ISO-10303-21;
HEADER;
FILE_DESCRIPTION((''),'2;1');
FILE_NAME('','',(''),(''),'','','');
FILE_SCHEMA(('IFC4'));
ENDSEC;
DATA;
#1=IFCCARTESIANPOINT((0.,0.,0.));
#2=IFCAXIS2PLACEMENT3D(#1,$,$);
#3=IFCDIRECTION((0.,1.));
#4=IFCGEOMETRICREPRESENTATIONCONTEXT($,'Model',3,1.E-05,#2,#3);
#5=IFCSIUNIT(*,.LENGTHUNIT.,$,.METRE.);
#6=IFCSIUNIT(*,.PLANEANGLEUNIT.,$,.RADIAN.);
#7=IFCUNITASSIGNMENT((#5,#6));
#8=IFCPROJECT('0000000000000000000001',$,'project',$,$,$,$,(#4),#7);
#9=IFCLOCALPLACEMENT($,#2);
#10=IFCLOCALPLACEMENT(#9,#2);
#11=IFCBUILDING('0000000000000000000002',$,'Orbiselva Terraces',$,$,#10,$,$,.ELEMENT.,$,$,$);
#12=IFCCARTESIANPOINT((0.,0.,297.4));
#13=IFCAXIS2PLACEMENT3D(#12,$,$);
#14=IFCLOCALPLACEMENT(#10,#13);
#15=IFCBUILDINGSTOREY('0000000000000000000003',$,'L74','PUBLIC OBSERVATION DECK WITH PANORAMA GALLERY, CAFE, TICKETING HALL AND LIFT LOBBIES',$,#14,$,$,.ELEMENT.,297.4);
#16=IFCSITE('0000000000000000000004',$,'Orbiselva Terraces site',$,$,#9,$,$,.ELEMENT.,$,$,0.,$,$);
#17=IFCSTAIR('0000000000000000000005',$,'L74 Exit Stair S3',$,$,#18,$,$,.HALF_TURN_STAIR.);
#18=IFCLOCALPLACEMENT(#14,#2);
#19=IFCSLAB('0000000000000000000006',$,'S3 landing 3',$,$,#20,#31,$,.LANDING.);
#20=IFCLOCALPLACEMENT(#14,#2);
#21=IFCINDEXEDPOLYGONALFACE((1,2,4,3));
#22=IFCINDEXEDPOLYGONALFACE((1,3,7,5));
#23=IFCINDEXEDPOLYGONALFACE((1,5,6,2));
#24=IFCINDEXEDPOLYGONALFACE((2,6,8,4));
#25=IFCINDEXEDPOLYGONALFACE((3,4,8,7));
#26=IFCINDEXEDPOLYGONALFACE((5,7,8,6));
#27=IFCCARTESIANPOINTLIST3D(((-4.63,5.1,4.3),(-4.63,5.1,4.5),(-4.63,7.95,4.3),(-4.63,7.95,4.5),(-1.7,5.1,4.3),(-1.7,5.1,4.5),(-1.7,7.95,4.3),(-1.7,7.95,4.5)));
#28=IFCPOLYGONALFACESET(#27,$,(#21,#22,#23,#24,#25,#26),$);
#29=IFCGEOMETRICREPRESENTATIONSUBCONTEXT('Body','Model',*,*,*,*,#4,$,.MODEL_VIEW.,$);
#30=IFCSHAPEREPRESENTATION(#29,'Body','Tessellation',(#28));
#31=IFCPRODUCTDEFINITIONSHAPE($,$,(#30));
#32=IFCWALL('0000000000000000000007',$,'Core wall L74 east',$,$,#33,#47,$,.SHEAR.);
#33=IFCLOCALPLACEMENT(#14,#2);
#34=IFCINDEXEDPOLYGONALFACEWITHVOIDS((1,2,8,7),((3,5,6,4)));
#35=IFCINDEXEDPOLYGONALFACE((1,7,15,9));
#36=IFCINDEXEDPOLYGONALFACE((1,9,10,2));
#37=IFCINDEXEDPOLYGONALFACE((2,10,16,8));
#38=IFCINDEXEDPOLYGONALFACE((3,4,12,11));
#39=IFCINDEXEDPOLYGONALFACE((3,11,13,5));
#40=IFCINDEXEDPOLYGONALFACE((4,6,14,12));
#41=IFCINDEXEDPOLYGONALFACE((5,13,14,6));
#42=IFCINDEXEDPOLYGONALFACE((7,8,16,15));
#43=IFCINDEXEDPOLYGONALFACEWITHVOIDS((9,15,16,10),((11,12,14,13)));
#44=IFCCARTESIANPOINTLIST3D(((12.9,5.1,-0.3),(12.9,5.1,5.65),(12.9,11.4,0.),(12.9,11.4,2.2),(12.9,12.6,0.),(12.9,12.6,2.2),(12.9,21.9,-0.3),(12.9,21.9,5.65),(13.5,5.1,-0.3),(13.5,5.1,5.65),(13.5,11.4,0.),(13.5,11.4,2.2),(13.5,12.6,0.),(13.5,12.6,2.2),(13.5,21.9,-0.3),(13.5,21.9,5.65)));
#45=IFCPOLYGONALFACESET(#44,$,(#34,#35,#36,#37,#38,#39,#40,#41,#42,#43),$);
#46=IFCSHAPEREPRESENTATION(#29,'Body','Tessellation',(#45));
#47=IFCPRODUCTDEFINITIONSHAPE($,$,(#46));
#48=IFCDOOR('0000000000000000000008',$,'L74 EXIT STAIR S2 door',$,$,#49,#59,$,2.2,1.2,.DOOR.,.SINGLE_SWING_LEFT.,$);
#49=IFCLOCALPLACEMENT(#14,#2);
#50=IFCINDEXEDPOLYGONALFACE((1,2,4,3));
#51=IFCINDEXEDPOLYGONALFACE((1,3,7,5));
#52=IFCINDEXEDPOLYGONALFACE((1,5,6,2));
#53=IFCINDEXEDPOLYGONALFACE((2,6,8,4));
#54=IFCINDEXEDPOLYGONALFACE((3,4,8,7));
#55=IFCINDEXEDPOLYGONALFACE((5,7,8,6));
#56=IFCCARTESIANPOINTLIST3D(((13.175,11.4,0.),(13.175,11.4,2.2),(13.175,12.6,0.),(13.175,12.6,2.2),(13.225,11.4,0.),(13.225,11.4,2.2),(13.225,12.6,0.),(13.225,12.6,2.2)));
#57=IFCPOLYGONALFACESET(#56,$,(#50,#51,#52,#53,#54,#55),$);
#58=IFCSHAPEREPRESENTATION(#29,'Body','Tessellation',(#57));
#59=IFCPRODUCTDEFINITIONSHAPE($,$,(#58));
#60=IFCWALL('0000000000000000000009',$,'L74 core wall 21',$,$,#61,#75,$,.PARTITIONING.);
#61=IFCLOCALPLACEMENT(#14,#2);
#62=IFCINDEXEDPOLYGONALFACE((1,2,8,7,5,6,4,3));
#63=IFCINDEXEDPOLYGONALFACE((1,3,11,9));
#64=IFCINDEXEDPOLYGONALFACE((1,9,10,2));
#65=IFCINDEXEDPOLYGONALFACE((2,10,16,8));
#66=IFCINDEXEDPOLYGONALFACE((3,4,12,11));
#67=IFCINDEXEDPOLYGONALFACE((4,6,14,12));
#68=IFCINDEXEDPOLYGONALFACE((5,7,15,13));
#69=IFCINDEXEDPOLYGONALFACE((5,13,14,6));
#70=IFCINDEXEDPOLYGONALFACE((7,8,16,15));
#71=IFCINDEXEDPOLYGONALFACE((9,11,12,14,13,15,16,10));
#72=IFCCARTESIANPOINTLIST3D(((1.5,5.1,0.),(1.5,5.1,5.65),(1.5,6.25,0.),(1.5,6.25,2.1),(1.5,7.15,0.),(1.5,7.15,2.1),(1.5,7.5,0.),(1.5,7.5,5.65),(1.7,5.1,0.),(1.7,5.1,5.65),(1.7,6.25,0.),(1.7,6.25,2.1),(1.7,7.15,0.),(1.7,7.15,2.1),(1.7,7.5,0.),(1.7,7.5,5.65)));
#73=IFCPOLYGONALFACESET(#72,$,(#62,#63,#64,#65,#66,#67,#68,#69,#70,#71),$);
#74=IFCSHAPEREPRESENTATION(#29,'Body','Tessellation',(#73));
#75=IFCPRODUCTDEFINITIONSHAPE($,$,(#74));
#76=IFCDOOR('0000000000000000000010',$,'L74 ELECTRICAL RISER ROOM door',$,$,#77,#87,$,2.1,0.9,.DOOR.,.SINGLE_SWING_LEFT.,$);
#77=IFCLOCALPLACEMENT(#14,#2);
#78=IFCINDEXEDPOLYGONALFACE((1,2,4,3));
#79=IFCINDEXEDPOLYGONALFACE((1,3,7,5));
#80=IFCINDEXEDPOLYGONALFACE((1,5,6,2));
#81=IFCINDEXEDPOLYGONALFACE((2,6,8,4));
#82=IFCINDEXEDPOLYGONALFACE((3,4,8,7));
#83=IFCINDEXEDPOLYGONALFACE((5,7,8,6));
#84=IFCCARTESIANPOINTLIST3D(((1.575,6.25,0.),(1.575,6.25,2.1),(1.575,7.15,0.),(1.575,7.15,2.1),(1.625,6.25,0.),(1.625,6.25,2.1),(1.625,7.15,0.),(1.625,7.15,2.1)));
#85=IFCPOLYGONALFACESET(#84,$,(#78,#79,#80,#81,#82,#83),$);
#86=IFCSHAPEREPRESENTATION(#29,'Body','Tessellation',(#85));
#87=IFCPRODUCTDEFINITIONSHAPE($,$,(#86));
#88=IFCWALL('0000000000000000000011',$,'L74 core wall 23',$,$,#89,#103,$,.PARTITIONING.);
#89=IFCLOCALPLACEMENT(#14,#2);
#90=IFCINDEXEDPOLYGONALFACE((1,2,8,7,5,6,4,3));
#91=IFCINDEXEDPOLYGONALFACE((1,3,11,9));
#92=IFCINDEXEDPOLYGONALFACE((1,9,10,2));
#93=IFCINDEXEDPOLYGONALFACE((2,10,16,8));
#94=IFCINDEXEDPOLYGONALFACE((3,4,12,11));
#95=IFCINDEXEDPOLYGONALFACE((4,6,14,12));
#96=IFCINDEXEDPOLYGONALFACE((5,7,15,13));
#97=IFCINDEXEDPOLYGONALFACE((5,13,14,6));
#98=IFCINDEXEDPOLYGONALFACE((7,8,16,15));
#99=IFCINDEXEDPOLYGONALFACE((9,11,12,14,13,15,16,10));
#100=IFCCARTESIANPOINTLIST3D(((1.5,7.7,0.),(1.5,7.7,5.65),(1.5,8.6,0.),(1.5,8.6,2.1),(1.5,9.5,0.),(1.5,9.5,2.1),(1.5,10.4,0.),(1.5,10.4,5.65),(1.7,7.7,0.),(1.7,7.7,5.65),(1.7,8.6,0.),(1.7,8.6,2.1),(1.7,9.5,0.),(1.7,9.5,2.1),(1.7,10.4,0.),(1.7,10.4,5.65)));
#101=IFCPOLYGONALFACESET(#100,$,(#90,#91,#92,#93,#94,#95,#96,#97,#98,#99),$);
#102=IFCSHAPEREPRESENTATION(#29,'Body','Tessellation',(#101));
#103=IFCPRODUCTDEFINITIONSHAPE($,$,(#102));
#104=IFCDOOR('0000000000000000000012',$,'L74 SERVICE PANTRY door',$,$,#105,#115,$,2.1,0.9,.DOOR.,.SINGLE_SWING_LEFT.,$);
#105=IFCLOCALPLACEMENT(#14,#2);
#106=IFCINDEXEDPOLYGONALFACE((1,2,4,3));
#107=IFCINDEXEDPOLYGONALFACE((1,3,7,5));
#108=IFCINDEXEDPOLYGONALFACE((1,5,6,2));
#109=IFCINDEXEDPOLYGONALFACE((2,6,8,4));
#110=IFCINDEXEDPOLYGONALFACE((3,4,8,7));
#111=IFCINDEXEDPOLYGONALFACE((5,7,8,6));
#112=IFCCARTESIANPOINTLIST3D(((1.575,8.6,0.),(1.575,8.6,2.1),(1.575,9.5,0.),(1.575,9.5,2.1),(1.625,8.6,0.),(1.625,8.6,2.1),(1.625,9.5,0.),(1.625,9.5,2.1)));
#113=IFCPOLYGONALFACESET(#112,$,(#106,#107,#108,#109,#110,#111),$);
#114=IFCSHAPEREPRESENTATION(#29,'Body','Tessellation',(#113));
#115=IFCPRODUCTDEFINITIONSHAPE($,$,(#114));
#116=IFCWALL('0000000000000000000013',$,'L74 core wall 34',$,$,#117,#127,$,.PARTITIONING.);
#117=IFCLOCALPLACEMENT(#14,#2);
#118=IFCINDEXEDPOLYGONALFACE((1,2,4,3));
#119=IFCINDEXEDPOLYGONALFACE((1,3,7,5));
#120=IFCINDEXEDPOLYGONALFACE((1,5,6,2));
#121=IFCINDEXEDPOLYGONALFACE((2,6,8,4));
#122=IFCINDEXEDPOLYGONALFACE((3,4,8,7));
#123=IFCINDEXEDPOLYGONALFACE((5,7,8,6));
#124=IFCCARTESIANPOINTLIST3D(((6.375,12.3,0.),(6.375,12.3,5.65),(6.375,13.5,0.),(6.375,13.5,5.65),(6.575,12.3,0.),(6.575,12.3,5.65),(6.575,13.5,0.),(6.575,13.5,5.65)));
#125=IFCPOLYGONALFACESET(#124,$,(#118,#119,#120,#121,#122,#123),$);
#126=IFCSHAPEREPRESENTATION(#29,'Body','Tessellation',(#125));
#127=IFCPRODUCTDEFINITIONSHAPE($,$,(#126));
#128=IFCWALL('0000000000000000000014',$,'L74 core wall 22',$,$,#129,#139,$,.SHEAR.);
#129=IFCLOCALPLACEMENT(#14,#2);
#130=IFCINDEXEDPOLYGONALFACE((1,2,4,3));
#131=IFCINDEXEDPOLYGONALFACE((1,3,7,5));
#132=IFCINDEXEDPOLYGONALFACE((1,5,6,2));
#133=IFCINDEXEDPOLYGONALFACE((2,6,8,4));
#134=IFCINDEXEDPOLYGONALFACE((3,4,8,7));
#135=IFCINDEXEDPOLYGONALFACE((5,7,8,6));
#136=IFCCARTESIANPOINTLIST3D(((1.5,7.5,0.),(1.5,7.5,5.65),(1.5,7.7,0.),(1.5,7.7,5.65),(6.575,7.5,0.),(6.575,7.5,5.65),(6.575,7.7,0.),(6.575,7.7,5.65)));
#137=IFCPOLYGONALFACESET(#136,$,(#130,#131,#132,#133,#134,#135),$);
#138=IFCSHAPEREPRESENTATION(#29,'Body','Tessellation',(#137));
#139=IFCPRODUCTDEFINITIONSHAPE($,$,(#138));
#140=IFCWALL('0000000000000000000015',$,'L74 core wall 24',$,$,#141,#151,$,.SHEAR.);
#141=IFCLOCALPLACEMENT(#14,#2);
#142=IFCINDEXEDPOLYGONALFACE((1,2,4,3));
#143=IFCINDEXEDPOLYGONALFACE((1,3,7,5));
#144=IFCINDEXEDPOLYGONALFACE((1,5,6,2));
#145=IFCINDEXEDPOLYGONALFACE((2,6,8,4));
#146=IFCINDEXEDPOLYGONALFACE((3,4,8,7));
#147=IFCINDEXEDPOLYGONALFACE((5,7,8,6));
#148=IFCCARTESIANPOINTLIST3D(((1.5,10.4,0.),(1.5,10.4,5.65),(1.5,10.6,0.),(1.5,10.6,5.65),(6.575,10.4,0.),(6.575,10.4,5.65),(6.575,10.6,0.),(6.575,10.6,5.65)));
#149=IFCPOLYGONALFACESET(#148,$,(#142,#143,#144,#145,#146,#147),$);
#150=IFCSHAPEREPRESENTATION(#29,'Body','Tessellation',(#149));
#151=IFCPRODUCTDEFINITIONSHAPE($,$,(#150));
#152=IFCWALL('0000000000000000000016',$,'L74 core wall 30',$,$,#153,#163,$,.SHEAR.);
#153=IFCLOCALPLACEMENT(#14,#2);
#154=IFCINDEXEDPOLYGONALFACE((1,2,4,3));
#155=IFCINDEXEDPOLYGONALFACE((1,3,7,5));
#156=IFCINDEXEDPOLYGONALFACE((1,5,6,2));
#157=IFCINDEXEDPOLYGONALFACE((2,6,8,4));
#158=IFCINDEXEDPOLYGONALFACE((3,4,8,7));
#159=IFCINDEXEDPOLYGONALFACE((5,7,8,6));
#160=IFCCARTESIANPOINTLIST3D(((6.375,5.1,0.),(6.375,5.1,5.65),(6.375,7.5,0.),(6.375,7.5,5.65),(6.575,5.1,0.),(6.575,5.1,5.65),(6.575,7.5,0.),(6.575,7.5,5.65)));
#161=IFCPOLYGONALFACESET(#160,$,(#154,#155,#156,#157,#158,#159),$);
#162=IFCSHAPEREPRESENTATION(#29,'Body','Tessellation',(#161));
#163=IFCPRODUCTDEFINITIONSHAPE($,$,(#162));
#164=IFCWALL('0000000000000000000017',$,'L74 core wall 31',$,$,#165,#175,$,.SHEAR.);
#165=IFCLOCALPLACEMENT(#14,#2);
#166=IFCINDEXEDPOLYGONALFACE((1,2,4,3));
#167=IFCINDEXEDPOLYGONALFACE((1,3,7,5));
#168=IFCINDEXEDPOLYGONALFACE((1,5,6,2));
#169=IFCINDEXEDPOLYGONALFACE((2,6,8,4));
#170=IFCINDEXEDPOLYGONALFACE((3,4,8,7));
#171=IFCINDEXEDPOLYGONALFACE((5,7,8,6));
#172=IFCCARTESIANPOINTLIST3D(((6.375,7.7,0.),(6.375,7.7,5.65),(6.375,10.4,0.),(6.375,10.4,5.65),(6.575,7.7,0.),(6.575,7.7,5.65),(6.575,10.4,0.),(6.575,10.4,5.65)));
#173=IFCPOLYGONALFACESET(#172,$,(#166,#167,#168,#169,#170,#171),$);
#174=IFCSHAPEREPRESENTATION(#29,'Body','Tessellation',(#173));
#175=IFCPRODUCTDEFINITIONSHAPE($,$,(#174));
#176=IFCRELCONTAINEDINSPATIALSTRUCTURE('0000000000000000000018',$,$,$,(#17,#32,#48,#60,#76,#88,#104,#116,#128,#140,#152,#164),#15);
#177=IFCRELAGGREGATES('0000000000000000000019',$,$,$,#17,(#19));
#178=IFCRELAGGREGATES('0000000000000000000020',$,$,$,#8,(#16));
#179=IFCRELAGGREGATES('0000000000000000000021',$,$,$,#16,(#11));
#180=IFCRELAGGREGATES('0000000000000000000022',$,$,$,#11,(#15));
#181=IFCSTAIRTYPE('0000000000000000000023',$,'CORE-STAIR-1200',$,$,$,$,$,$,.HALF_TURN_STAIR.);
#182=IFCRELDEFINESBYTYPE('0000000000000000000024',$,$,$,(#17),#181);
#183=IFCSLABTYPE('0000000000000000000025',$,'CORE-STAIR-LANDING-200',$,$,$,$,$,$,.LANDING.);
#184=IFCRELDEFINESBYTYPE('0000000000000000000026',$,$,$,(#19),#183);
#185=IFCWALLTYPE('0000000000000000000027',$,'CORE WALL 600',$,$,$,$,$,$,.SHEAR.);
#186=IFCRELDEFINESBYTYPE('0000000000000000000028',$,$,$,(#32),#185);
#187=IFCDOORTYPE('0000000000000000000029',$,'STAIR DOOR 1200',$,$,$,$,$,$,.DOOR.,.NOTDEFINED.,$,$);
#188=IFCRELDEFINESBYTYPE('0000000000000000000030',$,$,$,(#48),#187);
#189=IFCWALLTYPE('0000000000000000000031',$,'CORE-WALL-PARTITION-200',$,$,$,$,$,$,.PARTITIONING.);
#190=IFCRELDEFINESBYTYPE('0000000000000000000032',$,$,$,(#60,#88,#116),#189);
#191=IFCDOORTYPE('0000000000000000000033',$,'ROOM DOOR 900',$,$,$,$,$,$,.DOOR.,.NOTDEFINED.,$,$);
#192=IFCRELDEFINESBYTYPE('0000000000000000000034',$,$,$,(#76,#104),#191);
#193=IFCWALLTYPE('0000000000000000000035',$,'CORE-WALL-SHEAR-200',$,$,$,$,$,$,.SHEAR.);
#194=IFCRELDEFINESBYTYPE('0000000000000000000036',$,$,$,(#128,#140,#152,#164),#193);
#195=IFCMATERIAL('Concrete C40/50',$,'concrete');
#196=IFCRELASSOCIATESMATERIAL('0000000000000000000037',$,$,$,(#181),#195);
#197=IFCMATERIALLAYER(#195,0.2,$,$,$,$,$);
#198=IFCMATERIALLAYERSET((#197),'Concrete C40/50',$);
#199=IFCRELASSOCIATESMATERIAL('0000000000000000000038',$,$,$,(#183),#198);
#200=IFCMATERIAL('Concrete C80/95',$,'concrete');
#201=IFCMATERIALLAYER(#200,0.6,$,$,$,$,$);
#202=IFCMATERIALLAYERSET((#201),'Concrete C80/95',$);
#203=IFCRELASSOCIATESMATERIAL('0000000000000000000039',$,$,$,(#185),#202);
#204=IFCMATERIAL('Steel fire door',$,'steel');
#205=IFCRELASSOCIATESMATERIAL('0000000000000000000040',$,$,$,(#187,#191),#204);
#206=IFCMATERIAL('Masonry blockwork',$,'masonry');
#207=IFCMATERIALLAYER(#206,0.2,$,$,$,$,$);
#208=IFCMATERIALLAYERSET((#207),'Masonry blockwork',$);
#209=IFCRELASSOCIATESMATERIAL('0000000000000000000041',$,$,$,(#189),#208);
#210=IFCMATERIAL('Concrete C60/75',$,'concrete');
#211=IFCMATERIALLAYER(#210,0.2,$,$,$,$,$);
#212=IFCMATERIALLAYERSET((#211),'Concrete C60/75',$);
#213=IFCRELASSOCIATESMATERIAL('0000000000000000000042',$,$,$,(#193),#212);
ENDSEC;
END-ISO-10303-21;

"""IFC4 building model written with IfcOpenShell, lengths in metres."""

from ifc_helpers import new_model, si_unit, direction, frame, frame_2d, origin, place, context, subcontext, project, spatial, polyline, rectangle, outline, extrude, material, layer, layer_set, type_object, element, fill, aggregate, save


model = new_model("IFC4")

# Units and contexts
model_context = context("Model", 3, precision=1e-05, world=origin(), true_north=direction((0.0, 1.0)))
body_context = subcontext(model_context, "Body", "Model", "MODEL_VIEW")
ifc_project = project(units=[si_unit("LENGTHUNIT", "METRE"), si_unit("PLANEANGLEUNIT", "RADIAN")], contexts=[model_context])

# Site, building, storey
site_placement = place(None, origin())
site = spatial("IfcSite", under=ifc_project, at=site_placement, Name="Orbiselva Terraces site", CompositionType="ELEMENT", RefElevation=0.0)
building_placement = place(site_placement, origin())
building = spatial("IfcBuilding", under=site, at=building_placement, Name="Orbiselva Terraces", CompositionType="ELEMENT")
storey_placement = place(building_placement, frame((0.0, 0.0, 297.4)))
storey = spatial("IfcBuildingStorey", under=building, at=storey_placement, Name="L74", Description="PUBLIC OBSERVATION DECK WITH PANORAMA GALLERY, CAFE, TICKETING HALL AND LIFT LOBBIES", CompositionType="ELEMENT", Elevation=297.4)

# Stair, slab
ifc_material_1 = material(Name="Concrete C40/50", Category="concrete")
stair_type_1 = type_object("IfcStairType", Name="CORE-STAIR-1200", PredefinedType="HALF_TURN_STAIR", material=ifc_material_1)
stair_1_placement = place(storey_placement, origin())
stair_1 = element("IfcStair", 1, at=stair_1_placement, inside=storey, type_object=stair_type_1, Name="L74 Exit Stair S3", PredefinedType="HALF_TURN_STAIR")
ifc_layer_1 = layer(ifc_material_1, 0.2)
ifc_layer_set_1 = layer_set([ifc_layer_1], Name="Concrete C40/50")
slab_type = type_object("IfcSlabType", Name="CORE-STAIR-LANDING-200", PredefinedType="LANDING", material=ifc_layer_set_1)
slab_placement = place(storey_placement, frame((0.0, 0.0, 4.3)))
slab = element("IfcSlab", 2, at=slab_placement, type_object=slab_type, Name="S3 landing 3", PredefinedType="LANDING", context=body_context, shape_type="SweptSolid", body=[
    extrude(outline(polyline([(-4.63, 5.1), (-1.7, 5.1), (-1.7, 7.95), (-4.63, 7.95), (-4.63, 5.1)])), origin(), (0.0, 0.0, 1.0), 0.2),
])
aggregate(stair_1, [slab])

# Walls, openings, doors
ifc_material_2 = material(Name="Concrete C80/95", Category="concrete")
ifc_layer_2 = layer(ifc_material_2, 0.6)
ifc_layer_set_2 = layer_set([ifc_layer_2], Name="Concrete C80/95")
wall_type_1 = type_object("IfcWallType", Name="CORE WALL 600", PredefinedType="SHEAR", material=ifc_layer_set_2)
wall_1_placement = place(storey_placement, frame((13.2, 5.1, -0.3), z_axis=(0.0, 0.0, 1.0), x_axis=(0.0, 1.0, 0.0)))
wall_1 = element("IfcWall", 3, at=wall_1_placement, inside=storey, type_object=wall_type_1, Name="Core wall L74 east", PredefinedType="SHEAR", context=body_context, shape_type="SweptSolid", body=[
    extrude(rectangle(XDim=16.8, YDim=0.6, at=frame_2d((8.4, 0.0))), origin(), (0.0, 0.0, 1.0), 5.95),
])
opening_1_placement = place(wall_1_placement, frame((6.3, 0.0, 0.3)))
opening_1 = element("IfcOpeningElement", 4, at=opening_1_placement, cuts=wall_1, PredefinedType="OPENING", context=body_context, shape_type="SweptSolid", body=[
    extrude(rectangle(XDim=1.2, YDim=2.2, at=frame_2d((0.6, 1.1))), frame((0.0, 0.31, 0.0), z_axis=(0.0, -1.0, 0.0), x_axis=(1.0, 0.0, 0.0)), (0.0, 0.0, 1.0), 0.62),
])
ifc_material_3 = material(Name="Steel fire door", Category="steel")
door_type_1 = type_object("IfcDoorType", Name="STAIR DOOR 1200", OperationType="NOTDEFINED", PredefinedType="DOOR", material=ifc_material_3)
door_1_placement = place(opening_1_placement, frame((1.2, 0.0, 0.0), z_axis=(0.0, 0.0, 1.0), x_axis=(-1.0, 0.0, 0.0)))
door_1 = element("IfcDoor", 5, at=door_1_placement, inside=storey, type_object=door_type_1, Name="L74 EXIT STAIR S2 door", OperationType="SINGLE_SWING_LEFT", OverallHeight=2.2, OverallWidth=1.2, PredefinedType="DOOR", context=body_context, shape_type="SweptSolid", body=[
    extrude(rectangle(XDim=1.2, YDim=2.2, at=frame_2d((0.6, 1.1))), frame((0.0, 0.025, 0.0), z_axis=(0.0, -1.0, 0.0), x_axis=(1.0, 0.0, 0.0)), (0.0, 0.0, 1.0), 0.05),
])
fill(opening_1, door_1)
ifc_material_4 = material(Name="Masonry blockwork", Category="masonry")
ifc_layer_3 = layer(ifc_material_4, 0.2)
ifc_layer_set_3 = layer_set([ifc_layer_3], Name="Masonry blockwork")
wall_type_2 = type_object("IfcWallType", Name="CORE-WALL-PARTITION-200", PredefinedType="PARTITIONING", material=ifc_layer_set_3)
wall_2_placement = place(storey_placement, frame((1.6, 7.5, 0.0), z_axis=(0.0, 0.0, 1.0), x_axis=(0.0, -1.0, 0.0)))
wall_2 = element("IfcWall", 6, at=wall_2_placement, inside=storey, type_object=wall_type_2, Name="L74 core wall 21", PredefinedType="PARTITIONING", context=body_context, shape_type="SweptSolid", body=[
    extrude(rectangle(XDim=2.4, YDim=0.2, at=frame_2d((1.2, 0.0))), origin(), (0.0, 0.0, 1.0), 5.65),
])
opening_2_placement = place(wall_2_placement, frame((0.35, 0.0, 0.0)))
opening_2 = element("IfcOpeningElement", 7, at=opening_2_placement, cuts=wall_2, PredefinedType="OPENING", context=body_context, shape_type="SweptSolid", body=[
    extrude(rectangle(XDim=0.9, YDim=2.1, at=frame_2d((0.45, 1.05))), frame((0.0, 0.11, 0.0), z_axis=(0.0, -1.0, 0.0), x_axis=(1.0, 0.0, 0.0)), (0.0, 0.0, 1.0), 0.22),
])
door_type_2 = type_object("IfcDoorType", Name="ROOM DOOR 900", OperationType="NOTDEFINED", PredefinedType="DOOR", material=ifc_material_3)
door_2_placement = place(opening_2_placement, origin())
door_2 = element("IfcDoor", 8, at=door_2_placement, inside=storey, type_object=door_type_2, Name="L74 ELECTRICAL RISER ROOM door", OperationType="SINGLE_SWING_LEFT", OverallHeight=2.1, OverallWidth=0.9, PredefinedType="DOOR", context=body_context, shape_type="SweptSolid", body=[
    extrude(rectangle(XDim=0.9, YDim=2.1, at=frame_2d((0.45, 1.05))), frame((0.0, 0.025, 0.0), z_axis=(0.0, -1.0, 0.0), x_axis=(1.0, 0.0, 0.0)), (0.0, 0.0, 1.0), 0.05),
])
fill(opening_2, door_2)
wall_3_placement = place(storey_placement, frame((1.6, 10.4, 0.0), z_axis=(0.0, 0.0, 1.0), x_axis=(0.0, -1.0, 0.0)))
wall_3 = element("IfcWall", 9, at=wall_3_placement, inside=storey, type_object=wall_type_2, Name="L74 core wall 23", PredefinedType="PARTITIONING", context=body_context, shape_type="SweptSolid", body=[
    extrude(rectangle(XDim=2.7, YDim=0.2, at=frame_2d((1.35, 0.0))), origin(), (0.0, 0.0, 1.0), 5.65),
])
opening_3_placement = place(wall_3_placement, frame((0.9, 0.0, 0.0)))
opening_3 = element("IfcOpeningElement", 10, at=opening_3_placement, cuts=wall_3, PredefinedType="OPENING", context=body_context, shape_type="SweptSolid", body=[
    extrude(rectangle(XDim=0.9, YDim=2.1, at=frame_2d((0.45, 1.05))), frame((0.0, 0.11, 0.0), z_axis=(0.0, -1.0, 0.0), x_axis=(1.0, 0.0, 0.0)), (0.0, 0.0, 1.0), 0.22),
])
door_3_placement = place(opening_3_placement, origin())
door_3 = element("IfcDoor", 11, at=door_3_placement, inside=storey, type_object=door_type_2, Name="L74 SERVICE PANTRY door", OperationType="SINGLE_SWING_LEFT", OverallHeight=2.1, OverallWidth=0.9, PredefinedType="DOOR", context=body_context, shape_type="SweptSolid", body=[
    extrude(rectangle(XDim=0.9, YDim=2.1, at=frame_2d((0.45, 1.05))), frame((0.0, 0.025, 0.0), z_axis=(0.0, -1.0, 0.0), x_axis=(1.0, 0.0, 0.0)), (0.0, 0.0, 1.0), 0.05),
])
fill(opening_3, door_3)

# Walls
wall_4_placement = place(storey_placement, frame((6.475, 12.3, 0.0), z_axis=(0.0, 0.0, 1.0), x_axis=(0.0, 1.0, 0.0)))
element("IfcWall", 12, at=wall_4_placement, inside=storey, type_object=wall_type_2, Name="L74 core wall 34", PredefinedType="PARTITIONING", context=body_context, shape_type="SweptSolid", body=[
    extrude(rectangle(XDim=1.2, YDim=0.2, at=frame_2d((0.6, 0.0))), origin(), (0.0, 0.0, 1.0), 5.65),
])
ifc_material_5 = material(Name="Concrete C60/75", Category="concrete")
ifc_layer_4 = layer(ifc_material_5, 0.2)
ifc_layer_set_4 = layer_set([ifc_layer_4], Name="Concrete C60/75")
wall_type_3 = type_object("IfcWallType", Name="CORE-WALL-SHEAR-200", PredefinedType="SHEAR", material=ifc_layer_set_4)
for number, where, z_axis, x_axis, name in (
    (13, (1.5, 7.6, 0.0), (0.0, 0.0, 1.0), (1.0, 0.0, 0.0), "L74 core wall 22"),
    (14, (1.5, 10.5, 0.0), (0.0, 0.0, 1.0), (1.0, 0.0, 0.0), "L74 core wall 24"),
):
    element("IfcWall", number, at=place(storey_placement, frame(where, z_axis=z_axis, x_axis=x_axis)), inside=storey, type_object=wall_type_3, Name=name, PredefinedType="SHEAR", context=body_context, shape_type="SweptSolid", body=[
        extrude(rectangle(XDim=5.075, YDim=0.2, at=frame_2d((2.5375, 0.0))), origin(), (0.0, 0.0, 1.0), 5.65),
    ])
wall_5_placement = place(storey_placement, frame((6.475, 5.1, 0.0), z_axis=(0.0, 0.0, 1.0), x_axis=(0.0, 1.0, 0.0)))
element("IfcWall", 15, at=wall_5_placement, inside=storey, type_object=wall_type_3, Name="L74 core wall 30", PredefinedType="SHEAR", context=body_context, shape_type="SweptSolid", body=[
    extrude(rectangle(XDim=2.4, YDim=0.2, at=frame_2d((1.2, 0.0))), origin(), (0.0, 0.0, 1.0), 5.65),
])
wall_6_placement = place(storey_placement, frame((6.475, 7.7, 0.0), z_axis=(0.0, 0.0, 1.0), x_axis=(0.0, 1.0, 0.0)))
element("IfcWall", 16, at=wall_6_placement, inside=storey, type_object=wall_type_3, Name="L74 core wall 31", PredefinedType="SHEAR", context=body_context, shape_type="SweptSolid", body=[
    extrude(rectangle(XDim=2.7, YDim=0.2, at=frame_2d((1.35, 0.0))), origin(), (0.0, 0.0, 1.0), 5.65),
])

save(model, "model.ifc")
